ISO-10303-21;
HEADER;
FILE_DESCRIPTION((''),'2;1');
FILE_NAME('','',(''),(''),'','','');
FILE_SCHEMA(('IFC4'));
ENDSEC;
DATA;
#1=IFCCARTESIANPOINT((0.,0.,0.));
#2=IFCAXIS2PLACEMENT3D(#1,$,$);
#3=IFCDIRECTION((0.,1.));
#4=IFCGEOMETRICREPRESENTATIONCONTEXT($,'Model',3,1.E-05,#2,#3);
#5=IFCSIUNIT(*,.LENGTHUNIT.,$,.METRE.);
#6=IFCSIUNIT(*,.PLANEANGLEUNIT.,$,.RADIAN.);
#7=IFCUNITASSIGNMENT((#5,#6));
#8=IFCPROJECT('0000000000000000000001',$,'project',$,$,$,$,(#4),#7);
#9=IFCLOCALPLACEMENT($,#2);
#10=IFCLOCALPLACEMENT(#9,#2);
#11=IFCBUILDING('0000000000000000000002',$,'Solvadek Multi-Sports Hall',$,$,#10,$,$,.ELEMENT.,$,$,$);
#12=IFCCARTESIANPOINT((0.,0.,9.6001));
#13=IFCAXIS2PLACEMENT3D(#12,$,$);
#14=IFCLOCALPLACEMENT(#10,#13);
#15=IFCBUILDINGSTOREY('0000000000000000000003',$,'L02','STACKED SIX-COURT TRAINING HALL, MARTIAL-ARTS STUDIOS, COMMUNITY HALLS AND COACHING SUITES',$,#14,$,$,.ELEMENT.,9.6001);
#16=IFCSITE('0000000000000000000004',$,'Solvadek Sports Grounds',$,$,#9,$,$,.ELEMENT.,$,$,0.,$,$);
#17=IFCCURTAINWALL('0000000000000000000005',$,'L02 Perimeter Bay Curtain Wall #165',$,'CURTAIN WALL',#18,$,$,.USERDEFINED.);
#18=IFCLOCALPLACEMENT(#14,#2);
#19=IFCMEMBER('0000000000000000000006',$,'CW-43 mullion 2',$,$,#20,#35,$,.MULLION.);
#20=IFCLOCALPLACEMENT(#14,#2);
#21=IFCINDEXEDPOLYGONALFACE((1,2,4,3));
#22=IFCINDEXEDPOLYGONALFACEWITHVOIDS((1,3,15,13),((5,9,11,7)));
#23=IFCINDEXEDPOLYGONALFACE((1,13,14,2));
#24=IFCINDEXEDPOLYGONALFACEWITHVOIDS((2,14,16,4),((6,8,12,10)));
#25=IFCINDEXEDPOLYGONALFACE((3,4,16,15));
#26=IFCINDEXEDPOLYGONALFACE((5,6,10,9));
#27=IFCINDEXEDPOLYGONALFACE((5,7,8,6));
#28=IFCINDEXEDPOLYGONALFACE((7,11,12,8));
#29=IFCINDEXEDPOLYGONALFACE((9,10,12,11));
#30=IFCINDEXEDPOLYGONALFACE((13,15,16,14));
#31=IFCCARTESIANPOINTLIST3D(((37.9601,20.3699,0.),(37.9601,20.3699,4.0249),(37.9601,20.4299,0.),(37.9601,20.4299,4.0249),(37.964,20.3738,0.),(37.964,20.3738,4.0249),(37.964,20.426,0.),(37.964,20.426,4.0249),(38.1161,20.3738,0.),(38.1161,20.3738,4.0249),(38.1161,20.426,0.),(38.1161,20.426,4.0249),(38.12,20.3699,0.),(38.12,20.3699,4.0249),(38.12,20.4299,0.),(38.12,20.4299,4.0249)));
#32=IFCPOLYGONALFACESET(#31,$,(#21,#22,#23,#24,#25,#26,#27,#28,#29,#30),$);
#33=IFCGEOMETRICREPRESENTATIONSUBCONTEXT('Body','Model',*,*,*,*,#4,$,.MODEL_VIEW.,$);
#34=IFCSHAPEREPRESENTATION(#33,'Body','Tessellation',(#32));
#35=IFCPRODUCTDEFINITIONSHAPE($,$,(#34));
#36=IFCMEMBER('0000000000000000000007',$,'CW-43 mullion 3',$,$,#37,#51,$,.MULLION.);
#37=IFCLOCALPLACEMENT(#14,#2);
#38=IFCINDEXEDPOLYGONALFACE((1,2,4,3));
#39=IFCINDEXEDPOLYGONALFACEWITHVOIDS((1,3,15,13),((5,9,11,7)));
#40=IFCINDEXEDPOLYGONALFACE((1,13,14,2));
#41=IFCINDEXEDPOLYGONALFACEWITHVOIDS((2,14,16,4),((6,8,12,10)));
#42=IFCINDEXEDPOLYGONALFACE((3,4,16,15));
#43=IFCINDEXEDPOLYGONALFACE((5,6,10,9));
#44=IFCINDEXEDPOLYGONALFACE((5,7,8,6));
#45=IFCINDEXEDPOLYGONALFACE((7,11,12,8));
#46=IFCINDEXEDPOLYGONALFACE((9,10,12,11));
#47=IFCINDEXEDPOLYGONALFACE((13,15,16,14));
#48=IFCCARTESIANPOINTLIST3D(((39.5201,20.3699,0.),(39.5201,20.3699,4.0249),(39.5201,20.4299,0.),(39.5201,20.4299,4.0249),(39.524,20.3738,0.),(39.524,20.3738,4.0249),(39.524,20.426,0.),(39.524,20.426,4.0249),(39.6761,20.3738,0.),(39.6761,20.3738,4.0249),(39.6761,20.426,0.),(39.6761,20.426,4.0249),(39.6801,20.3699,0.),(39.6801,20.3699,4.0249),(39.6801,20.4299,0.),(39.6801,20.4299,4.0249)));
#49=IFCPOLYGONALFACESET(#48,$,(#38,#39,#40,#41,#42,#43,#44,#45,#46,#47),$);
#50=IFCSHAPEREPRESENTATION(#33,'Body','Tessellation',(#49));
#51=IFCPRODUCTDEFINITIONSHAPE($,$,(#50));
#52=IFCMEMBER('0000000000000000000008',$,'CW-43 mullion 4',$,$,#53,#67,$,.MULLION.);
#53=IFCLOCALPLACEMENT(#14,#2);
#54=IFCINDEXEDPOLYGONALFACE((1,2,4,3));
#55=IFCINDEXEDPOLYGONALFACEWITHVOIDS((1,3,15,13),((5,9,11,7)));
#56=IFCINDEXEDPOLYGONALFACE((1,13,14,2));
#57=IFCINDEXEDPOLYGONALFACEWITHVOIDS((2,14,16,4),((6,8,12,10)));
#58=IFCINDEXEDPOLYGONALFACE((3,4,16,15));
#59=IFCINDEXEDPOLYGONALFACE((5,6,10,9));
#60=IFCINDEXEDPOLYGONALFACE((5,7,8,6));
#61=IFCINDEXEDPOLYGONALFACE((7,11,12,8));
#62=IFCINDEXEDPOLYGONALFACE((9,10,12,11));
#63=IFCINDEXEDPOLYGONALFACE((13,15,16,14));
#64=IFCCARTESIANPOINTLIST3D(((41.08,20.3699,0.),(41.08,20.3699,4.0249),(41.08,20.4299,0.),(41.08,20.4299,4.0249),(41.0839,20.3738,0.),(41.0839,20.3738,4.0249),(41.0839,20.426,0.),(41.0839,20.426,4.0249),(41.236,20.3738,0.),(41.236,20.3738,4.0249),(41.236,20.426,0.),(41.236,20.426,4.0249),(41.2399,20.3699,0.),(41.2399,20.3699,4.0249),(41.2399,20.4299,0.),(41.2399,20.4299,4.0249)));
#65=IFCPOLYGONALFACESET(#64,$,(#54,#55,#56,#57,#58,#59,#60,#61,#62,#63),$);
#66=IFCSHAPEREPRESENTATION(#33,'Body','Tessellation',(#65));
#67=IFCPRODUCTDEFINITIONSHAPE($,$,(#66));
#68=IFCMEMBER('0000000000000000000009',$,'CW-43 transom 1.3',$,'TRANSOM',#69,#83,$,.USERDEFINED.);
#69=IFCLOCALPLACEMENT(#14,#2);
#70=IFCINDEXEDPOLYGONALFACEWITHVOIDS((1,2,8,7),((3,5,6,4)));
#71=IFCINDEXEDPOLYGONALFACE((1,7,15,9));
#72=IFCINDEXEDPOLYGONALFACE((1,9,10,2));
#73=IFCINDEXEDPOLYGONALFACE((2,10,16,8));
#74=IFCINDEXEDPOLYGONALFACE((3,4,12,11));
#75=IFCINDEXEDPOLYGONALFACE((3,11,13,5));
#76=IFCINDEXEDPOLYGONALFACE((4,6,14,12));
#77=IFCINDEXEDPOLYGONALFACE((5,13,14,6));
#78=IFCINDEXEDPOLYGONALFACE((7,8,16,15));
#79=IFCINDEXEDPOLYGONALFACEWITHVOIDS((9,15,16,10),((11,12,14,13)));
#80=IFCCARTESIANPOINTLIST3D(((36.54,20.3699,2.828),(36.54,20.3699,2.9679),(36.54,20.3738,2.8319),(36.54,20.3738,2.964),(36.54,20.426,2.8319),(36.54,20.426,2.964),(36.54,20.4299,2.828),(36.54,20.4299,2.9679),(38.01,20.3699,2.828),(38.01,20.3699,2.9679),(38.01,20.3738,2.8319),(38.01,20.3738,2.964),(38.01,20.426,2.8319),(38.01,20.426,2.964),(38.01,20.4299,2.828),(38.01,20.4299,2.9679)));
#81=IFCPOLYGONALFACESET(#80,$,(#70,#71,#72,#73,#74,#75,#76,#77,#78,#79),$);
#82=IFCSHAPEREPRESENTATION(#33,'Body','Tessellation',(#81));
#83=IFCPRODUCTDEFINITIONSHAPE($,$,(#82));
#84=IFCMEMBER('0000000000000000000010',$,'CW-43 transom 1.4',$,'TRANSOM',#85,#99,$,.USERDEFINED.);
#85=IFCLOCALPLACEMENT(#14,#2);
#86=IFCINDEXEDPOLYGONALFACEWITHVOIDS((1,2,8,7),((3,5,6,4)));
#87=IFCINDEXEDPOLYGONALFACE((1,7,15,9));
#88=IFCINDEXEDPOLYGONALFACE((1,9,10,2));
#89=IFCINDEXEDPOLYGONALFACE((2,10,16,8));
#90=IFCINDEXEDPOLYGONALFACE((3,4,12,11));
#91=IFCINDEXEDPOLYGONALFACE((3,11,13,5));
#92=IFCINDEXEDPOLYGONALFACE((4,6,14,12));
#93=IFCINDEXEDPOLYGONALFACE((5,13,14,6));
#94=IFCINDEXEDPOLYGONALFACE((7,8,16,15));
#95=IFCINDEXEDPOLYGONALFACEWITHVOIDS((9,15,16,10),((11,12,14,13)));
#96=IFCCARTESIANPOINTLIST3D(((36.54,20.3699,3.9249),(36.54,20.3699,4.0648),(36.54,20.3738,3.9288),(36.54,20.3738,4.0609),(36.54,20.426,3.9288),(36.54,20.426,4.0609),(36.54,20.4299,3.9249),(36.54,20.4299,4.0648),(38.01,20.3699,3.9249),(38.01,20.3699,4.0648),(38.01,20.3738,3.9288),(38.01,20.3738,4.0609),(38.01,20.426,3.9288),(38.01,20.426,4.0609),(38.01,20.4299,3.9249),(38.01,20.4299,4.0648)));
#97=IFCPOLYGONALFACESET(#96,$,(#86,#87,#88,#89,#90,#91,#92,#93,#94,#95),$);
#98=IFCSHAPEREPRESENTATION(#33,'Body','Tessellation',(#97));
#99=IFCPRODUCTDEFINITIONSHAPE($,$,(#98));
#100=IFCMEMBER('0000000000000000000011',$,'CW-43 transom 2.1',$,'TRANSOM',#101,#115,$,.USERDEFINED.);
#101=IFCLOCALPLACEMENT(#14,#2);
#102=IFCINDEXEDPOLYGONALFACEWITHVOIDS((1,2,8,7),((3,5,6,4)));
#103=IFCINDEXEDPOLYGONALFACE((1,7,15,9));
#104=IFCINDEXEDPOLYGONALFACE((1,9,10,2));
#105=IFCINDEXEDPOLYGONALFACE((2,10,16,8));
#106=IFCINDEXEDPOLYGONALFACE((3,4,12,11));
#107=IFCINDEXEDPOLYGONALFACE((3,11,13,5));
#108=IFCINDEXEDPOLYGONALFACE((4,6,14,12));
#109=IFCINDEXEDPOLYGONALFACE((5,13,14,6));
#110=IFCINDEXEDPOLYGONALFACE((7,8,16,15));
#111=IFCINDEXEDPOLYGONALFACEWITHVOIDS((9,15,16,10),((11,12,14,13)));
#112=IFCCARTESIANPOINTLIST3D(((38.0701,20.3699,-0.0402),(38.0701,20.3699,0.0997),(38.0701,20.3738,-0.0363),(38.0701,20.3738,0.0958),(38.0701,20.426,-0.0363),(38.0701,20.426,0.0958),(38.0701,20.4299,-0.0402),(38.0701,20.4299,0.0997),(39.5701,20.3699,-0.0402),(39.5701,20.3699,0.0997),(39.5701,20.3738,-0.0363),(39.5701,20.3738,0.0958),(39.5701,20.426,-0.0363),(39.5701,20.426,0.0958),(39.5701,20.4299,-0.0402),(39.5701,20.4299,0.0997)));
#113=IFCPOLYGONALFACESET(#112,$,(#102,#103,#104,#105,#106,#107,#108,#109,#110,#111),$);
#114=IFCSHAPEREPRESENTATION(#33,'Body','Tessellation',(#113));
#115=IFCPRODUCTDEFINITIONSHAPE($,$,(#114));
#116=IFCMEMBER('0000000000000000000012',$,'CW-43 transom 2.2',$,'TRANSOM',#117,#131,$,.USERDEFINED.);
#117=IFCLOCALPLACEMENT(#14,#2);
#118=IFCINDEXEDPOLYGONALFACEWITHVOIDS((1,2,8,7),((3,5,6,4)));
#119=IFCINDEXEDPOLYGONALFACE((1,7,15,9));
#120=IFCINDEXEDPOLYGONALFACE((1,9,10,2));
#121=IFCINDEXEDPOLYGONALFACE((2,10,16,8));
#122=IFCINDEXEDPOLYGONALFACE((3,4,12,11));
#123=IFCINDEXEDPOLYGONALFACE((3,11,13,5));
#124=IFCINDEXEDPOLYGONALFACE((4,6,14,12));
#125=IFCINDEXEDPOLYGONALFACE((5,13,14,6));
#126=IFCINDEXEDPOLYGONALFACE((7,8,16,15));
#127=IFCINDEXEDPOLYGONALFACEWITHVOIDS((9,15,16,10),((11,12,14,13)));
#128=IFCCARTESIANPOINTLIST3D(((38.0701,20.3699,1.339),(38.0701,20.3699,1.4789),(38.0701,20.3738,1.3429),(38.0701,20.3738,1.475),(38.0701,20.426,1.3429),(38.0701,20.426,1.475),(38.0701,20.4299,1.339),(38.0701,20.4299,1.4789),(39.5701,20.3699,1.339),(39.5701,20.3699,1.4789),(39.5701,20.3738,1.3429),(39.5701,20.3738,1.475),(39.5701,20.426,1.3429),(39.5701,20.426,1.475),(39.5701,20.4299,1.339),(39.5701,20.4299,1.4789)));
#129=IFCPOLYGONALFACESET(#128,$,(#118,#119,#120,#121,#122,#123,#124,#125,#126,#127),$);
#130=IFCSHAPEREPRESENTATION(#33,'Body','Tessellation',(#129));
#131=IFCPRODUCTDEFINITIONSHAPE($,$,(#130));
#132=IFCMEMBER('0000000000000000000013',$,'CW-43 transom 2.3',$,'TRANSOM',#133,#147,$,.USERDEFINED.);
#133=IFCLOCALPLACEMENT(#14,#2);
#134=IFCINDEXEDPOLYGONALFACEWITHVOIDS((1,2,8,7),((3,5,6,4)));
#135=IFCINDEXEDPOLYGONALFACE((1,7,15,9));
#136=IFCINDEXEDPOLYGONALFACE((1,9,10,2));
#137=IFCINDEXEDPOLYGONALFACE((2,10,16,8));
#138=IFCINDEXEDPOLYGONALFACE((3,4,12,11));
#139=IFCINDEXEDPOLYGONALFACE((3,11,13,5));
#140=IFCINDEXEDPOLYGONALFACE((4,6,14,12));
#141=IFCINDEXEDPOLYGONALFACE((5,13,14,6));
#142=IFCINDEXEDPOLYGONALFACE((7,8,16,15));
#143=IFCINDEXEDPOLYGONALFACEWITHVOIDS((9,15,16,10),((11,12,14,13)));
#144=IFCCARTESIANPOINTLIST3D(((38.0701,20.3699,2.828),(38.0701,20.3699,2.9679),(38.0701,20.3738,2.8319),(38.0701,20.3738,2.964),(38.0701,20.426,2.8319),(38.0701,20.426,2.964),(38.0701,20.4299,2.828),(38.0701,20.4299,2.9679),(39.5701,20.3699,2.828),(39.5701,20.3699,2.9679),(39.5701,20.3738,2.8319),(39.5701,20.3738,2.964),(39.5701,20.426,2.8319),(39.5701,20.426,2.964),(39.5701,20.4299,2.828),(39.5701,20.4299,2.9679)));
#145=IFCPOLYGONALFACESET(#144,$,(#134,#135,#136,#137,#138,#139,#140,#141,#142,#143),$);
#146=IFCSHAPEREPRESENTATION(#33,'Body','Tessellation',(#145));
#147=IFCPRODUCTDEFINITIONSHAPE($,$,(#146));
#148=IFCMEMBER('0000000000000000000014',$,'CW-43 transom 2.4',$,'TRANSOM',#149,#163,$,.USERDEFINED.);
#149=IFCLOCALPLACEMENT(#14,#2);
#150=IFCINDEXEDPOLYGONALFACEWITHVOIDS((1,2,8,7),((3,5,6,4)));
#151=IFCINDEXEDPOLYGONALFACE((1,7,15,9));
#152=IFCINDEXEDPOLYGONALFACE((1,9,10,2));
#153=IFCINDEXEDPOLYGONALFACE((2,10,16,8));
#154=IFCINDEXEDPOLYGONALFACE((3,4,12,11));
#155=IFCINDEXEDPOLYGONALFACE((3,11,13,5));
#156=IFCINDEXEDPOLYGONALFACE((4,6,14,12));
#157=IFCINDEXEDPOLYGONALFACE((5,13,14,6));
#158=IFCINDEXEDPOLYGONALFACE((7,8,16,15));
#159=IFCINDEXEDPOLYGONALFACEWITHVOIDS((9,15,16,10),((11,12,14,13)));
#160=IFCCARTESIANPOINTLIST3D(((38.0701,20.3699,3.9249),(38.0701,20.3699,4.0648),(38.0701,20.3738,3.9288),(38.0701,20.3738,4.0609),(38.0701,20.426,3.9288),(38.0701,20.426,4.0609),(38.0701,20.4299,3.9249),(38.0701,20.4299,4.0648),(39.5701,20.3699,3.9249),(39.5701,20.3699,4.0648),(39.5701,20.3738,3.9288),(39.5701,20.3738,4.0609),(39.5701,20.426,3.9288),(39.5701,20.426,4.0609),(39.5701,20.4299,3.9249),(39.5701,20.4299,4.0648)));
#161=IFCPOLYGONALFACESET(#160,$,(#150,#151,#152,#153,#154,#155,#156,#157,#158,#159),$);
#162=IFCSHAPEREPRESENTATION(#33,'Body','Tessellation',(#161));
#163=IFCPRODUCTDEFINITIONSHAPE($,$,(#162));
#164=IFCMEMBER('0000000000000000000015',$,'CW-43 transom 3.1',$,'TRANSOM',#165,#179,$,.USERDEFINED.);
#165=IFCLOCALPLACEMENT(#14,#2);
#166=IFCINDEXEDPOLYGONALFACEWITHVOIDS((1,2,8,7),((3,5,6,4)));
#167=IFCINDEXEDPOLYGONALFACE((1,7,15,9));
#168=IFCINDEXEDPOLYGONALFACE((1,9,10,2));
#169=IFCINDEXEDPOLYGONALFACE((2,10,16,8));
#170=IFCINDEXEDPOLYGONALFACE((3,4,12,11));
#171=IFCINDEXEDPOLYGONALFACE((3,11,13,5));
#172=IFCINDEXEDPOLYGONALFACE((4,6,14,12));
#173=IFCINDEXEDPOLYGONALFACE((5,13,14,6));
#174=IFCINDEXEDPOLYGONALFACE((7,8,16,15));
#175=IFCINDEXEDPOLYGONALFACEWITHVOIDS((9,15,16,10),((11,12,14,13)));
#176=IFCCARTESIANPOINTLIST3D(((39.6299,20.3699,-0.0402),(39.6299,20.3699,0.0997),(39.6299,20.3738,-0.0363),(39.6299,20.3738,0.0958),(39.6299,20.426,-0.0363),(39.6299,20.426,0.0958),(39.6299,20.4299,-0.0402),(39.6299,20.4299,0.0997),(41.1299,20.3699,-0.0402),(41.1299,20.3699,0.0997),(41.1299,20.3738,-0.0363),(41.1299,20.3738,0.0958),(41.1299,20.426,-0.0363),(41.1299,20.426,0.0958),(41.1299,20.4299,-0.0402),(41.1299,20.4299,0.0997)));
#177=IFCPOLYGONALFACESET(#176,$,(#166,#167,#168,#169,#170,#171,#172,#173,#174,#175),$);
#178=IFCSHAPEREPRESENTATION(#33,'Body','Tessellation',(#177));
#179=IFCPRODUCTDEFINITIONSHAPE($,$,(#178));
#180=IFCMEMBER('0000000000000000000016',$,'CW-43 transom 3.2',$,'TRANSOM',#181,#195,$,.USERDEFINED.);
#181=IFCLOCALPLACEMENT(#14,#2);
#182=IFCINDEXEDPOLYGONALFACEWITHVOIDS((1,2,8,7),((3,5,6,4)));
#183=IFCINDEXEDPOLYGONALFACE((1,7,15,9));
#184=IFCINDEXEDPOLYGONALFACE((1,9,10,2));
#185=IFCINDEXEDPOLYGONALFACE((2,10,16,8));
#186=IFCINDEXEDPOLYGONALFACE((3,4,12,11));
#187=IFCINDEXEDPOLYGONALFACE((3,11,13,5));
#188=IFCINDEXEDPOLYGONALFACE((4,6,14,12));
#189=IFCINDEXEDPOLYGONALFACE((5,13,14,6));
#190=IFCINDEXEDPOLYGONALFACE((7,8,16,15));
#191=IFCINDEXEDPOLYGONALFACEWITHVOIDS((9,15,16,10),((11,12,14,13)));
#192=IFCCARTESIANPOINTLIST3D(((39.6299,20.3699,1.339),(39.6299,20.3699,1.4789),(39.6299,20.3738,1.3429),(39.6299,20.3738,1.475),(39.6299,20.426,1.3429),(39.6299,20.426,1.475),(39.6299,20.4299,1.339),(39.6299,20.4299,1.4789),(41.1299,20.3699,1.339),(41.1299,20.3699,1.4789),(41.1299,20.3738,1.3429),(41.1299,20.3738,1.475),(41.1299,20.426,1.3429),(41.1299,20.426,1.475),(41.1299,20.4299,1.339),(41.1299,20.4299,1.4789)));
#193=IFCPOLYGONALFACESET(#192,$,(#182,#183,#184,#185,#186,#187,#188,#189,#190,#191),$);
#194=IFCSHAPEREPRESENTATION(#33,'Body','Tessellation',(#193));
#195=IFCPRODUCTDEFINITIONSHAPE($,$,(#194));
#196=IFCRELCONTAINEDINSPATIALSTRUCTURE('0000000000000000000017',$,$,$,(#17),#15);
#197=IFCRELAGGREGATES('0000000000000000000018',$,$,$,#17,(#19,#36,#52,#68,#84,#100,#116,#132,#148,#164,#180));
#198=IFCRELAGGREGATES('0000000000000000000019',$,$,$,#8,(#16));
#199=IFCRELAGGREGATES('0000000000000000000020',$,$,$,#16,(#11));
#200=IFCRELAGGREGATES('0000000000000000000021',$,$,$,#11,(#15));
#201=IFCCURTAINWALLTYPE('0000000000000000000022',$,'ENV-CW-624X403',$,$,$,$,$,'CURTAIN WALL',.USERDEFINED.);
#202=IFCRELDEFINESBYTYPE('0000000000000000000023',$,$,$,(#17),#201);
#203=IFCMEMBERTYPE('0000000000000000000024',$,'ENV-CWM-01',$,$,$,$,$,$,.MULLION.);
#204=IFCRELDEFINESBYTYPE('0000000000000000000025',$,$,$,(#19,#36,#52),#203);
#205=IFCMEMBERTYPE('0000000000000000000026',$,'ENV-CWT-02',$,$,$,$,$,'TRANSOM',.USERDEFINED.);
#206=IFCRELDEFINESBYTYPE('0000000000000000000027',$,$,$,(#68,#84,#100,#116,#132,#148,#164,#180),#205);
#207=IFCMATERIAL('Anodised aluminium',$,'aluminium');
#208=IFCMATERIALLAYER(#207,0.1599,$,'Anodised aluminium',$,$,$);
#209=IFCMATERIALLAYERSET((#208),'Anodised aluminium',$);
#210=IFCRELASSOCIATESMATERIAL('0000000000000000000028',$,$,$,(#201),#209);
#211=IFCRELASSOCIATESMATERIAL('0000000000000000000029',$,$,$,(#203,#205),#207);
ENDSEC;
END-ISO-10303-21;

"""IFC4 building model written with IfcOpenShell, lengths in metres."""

from ifc_helpers import new_model, si_unit, direction, frame, origin, origin_2d, place, context, subcontext, project, spatial, hollow_rectangle, extrude, material, layer, layer_set, material_profile, profile_set, type_object, element, aggregate, save


model = new_model("IFC4")

# Units and contexts
model_context = context("Model", 3, precision=1e-05, world=origin(), true_north=direction((0.0, 1.0)))
body_context = subcontext(model_context, "Body", "Model", "MODEL_VIEW")
ifc_project = project(units=[si_unit("LENGTHUNIT", "METRE"), si_unit("PLANEANGLEUNIT", "RADIAN")], contexts=[model_context])

# Site, building, storey
site_placement = place(None, origin())
site = spatial("IfcSite", under=ifc_project, at=site_placement, Name="Solvadek Sports Grounds", CompositionType="ELEMENT", RefElevation=0.0)
building_placement = place(site_placement, origin())
building = spatial("IfcBuilding", under=site, at=building_placement, Name="Solvadek Multi-Sports Hall", CompositionType="ELEMENT")
storey_placement = place(building_placement, frame((0.0, 0.0, 9.6001)))
storey = spatial("IfcBuildingStorey", under=building, at=storey_placement, Name="L02", Description="STACKED SIX-COURT TRAINING HALL, MARTIAL-ARTS STUDIOS, COMMUNITY HALLS AND COACHING SUITES", CompositionType="ELEMENT", Elevation=9.6001)

# Curtain wall, members
ifc_material_1 = material(Name="Anodised aluminium", Category="aluminium")
ifc_layer_1 = layer(ifc_material_1, 0.1599, Name="Anodised aluminium")
ifc_layer_set_1 = layer_set([ifc_layer_1], Name="Anodised aluminium")
curtain_wall_type = type_object("IfcCurtainWallType", Name="ENV-CW-624X403", ElementType="CURTAIN WALL", PredefinedType="USERDEFINED", material=ifc_layer_set_1)
curtain_wall_placement = place(storey_placement, origin())
curtain_wall = element("IfcCurtainWall", 1, at=curtain_wall_placement, inside=storey, type_object=curtain_wall_type, Name="L02 Perimeter Bay Curtain Wall #165", ObjectType="CURTAIN WALL", PredefinedType="USERDEFINED")
ifc_material_profile_1 = material_profile(ifc_material_1, hollow_rectangle(XDim=0.0601, YDim=0.1599, WallThickness=0.0039, at=origin_2d()), Name="ALU-M 160x60x4")
ifc_profile_set_1 = profile_set([ifc_material_profile_1], Name="Anodised aluminium")
member_type_1 = type_object("IfcMemberType", Name="ENV-CWM-01", PredefinedType="MULLION", material=ifc_profile_set_1)
member_1_placement = place(storey_placement, frame((38.04, 20.3999, 0.0), z_axis=(0.0, 0.0, 1.0), x_axis=(0.0, 1.0, 0.0)))
member_1 = element("IfcMember", 2, at=member_1_placement, type_object=member_type_1, Name="CW-43 mullion 2", PredefinedType="MULLION", context=body_context, shape_type="SweptSolid", body=[
    extrude(hollow_rectangle(XDim=0.0601, YDim=0.1599, WallThickness=0.0039, at=origin_2d()), origin(), (0.0, 0.0, 1.0), 4.0249),
])
member_2_placement = place(storey_placement, frame((39.6001, 20.3999, 0.0), z_axis=(0.0, 0.0, 1.0), x_axis=(0.0, 1.0, 0.0)))
member_2 = element("IfcMember", 3, at=member_2_placement, type_object=member_type_1, Name="CW-43 mullion 3", PredefinedType="MULLION", context=body_context, shape_type="SweptSolid", body=[
    extrude(hollow_rectangle(XDim=0.0601, YDim=0.1599, WallThickness=0.0039, at=origin_2d()), origin(), (0.0, 0.0, 1.0), 4.0249),
])
member_3_placement = place(storey_placement, frame((41.1599, 20.3999, 0.0), z_axis=(0.0, 0.0, 1.0), x_axis=(0.0, 1.0, 0.0)))
member_3 = element("IfcMember", 4, at=member_3_placement, type_object=member_type_1, Name="CW-43 mullion 4", PredefinedType="MULLION", context=body_context, shape_type="SweptSolid", body=[
    extrude(hollow_rectangle(XDim=0.0601, YDim=0.1599, WallThickness=0.0039, at=origin_2d()), origin(), (0.0, 0.0, 1.0), 4.0249),
])
ifc_material_profile_2 = material_profile(ifc_material_1, hollow_rectangle(XDim=0.0601, YDim=0.1399, WallThickness=0.0039, at=origin_2d()), Name="ALU-T 140x60x4")
ifc_profile_set_2 = profile_set([ifc_material_profile_2], Name="Anodised aluminium")
member_type_2 = type_object("IfcMemberType", Name="ENV-CWT-02", ElementType="TRANSOM", PredefinedType="USERDEFINED", material=ifc_profile_set_2)
member_4_placement = place(storey_placement, frame((36.54, 20.3999, 2.8979), z_axis=(1.0, 0.0, 0.0), x_axis=(0.0, 1.0, 0.0)))
member_4 = element("IfcMember", 5, at=member_4_placement, type_object=member_type_2, Name="CW-43 transom 1.3", ObjectType="TRANSOM", PredefinedType="USERDEFINED", context=body_context, shape_type="SweptSolid", body=[
    extrude(hollow_rectangle(XDim=0.0601, YDim=0.1399, WallThickness=0.0039, at=origin_2d()), origin(), (0.0, 0.0, 1.0), 1.47),
])
member_5_placement = place(storey_placement, frame((36.54, 20.3999, 3.9949), z_axis=(1.0, 0.0, 0.0), x_axis=(0.0, 1.0, 0.0)))
member_5 = element("IfcMember", 6, at=member_5_placement, type_object=member_type_2, Name="CW-43 transom 1.4", ObjectType="TRANSOM", PredefinedType="USERDEFINED", context=body_context, shape_type="SweptSolid", body=[
    extrude(hollow_rectangle(XDim=0.0601, YDim=0.1399, WallThickness=0.0039, at=origin_2d()), origin(), (0.0, 0.0, 1.0), 1.47),
])
member_6_placement = place(storey_placement, frame((38.0701, 20.3999, 0.0298), z_axis=(1.0, 0.0, 0.0), x_axis=(0.0, 1.0, 0.0)))
member_6 = element("IfcMember", 7, at=member_6_placement, type_object=member_type_2, Name="CW-43 transom 2.1", ObjectType="TRANSOM", PredefinedType="USERDEFINED", context=body_context, shape_type="SweptSolid", body=[
    extrude(hollow_rectangle(XDim=0.0601, YDim=0.1399, WallThickness=0.0039, at=origin_2d()), origin(), (0.0, 0.0, 1.0), 1.5),
])
member_7_placement = place(storey_placement, frame((38.0701, 20.3999, 1.4089), z_axis=(1.0, 0.0, 0.0), x_axis=(0.0, 1.0, 0.0)))
member_7 = element("IfcMember", 8, at=member_7_placement, type_object=member_type_2, Name="CW-43 transom 2.2", ObjectType="TRANSOM", PredefinedType="USERDEFINED", context=body_context, shape_type="SweptSolid", body=[
    extrude(hollow_rectangle(XDim=0.0601, YDim=0.1399, WallThickness=0.0039, at=origin_2d()), origin(), (0.0, 0.0, 1.0), 1.5),
])
member_8_placement = place(storey_placement, frame((38.0701, 20.3999, 2.8979), z_axis=(1.0, 0.0, 0.0), x_axis=(0.0, 1.0, 0.0)))
member_8 = element("IfcMember", 9, at=member_8_placement, type_object=member_type_2, Name="CW-43 transom 2.3", ObjectType="TRANSOM", PredefinedType="USERDEFINED", context=body_context, shape_type="SweptSolid", body=[
    extrude(hollow_rectangle(XDim=0.0601, YDim=0.1399, WallThickness=0.0039, at=origin_2d()), origin(), (0.0, 0.0, 1.0), 1.5),
])
member_9_placement = place(storey_placement, frame((38.0701, 20.3999, 3.9949), z_axis=(1.0, 0.0, 0.0), x_axis=(0.0, 1.0, 0.0)))
member_9 = element("IfcMember", 10, at=member_9_placement, type_object=member_type_2, Name="CW-43 transom 2.4", ObjectType="TRANSOM", PredefinedType="USERDEFINED", context=body_context, shape_type="SweptSolid", body=[
    extrude(hollow_rectangle(XDim=0.0601, YDim=0.1399, WallThickness=0.0039, at=origin_2d()), origin(), (0.0, 0.0, 1.0), 1.5),
])
member_10_placement = place(storey_placement, frame((39.6299, 20.3999, 0.0298), z_axis=(1.0, 0.0, 0.0), x_axis=(0.0, 1.0, 0.0)))
member_10 = element("IfcMember", 11, at=member_10_placement, type_object=member_type_2, Name="CW-43 transom 3.1", ObjectType="TRANSOM", PredefinedType="USERDEFINED", context=body_context, shape_type="SweptSolid", body=[
    extrude(hollow_rectangle(XDim=0.0601, YDim=0.1399, WallThickness=0.0039, at=origin_2d()), origin(), (0.0, 0.0, 1.0), 1.5),
])
member_11_placement = place(storey_placement, frame((39.6299, 20.3999, 1.4089), z_axis=(1.0, 0.0, 0.0), x_axis=(0.0, 1.0, 0.0)))
member_11 = element("IfcMember", 12, at=member_11_placement, type_object=member_type_2, Name="CW-43 transom 3.2", ObjectType="TRANSOM", PredefinedType="USERDEFINED", context=body_context, shape_type="SweptSolid", body=[
    extrude(hollow_rectangle(XDim=0.0601, YDim=0.1399, WallThickness=0.0039, at=origin_2d()), origin(), (0.0, 0.0, 1.0), 1.5),
])
aggregate(curtain_wall, [member_1, member_2, member_3, member_4, member_5, member_6, member_7, member_8, member_9, member_10, member_11])

save(model, "model.ifc")
